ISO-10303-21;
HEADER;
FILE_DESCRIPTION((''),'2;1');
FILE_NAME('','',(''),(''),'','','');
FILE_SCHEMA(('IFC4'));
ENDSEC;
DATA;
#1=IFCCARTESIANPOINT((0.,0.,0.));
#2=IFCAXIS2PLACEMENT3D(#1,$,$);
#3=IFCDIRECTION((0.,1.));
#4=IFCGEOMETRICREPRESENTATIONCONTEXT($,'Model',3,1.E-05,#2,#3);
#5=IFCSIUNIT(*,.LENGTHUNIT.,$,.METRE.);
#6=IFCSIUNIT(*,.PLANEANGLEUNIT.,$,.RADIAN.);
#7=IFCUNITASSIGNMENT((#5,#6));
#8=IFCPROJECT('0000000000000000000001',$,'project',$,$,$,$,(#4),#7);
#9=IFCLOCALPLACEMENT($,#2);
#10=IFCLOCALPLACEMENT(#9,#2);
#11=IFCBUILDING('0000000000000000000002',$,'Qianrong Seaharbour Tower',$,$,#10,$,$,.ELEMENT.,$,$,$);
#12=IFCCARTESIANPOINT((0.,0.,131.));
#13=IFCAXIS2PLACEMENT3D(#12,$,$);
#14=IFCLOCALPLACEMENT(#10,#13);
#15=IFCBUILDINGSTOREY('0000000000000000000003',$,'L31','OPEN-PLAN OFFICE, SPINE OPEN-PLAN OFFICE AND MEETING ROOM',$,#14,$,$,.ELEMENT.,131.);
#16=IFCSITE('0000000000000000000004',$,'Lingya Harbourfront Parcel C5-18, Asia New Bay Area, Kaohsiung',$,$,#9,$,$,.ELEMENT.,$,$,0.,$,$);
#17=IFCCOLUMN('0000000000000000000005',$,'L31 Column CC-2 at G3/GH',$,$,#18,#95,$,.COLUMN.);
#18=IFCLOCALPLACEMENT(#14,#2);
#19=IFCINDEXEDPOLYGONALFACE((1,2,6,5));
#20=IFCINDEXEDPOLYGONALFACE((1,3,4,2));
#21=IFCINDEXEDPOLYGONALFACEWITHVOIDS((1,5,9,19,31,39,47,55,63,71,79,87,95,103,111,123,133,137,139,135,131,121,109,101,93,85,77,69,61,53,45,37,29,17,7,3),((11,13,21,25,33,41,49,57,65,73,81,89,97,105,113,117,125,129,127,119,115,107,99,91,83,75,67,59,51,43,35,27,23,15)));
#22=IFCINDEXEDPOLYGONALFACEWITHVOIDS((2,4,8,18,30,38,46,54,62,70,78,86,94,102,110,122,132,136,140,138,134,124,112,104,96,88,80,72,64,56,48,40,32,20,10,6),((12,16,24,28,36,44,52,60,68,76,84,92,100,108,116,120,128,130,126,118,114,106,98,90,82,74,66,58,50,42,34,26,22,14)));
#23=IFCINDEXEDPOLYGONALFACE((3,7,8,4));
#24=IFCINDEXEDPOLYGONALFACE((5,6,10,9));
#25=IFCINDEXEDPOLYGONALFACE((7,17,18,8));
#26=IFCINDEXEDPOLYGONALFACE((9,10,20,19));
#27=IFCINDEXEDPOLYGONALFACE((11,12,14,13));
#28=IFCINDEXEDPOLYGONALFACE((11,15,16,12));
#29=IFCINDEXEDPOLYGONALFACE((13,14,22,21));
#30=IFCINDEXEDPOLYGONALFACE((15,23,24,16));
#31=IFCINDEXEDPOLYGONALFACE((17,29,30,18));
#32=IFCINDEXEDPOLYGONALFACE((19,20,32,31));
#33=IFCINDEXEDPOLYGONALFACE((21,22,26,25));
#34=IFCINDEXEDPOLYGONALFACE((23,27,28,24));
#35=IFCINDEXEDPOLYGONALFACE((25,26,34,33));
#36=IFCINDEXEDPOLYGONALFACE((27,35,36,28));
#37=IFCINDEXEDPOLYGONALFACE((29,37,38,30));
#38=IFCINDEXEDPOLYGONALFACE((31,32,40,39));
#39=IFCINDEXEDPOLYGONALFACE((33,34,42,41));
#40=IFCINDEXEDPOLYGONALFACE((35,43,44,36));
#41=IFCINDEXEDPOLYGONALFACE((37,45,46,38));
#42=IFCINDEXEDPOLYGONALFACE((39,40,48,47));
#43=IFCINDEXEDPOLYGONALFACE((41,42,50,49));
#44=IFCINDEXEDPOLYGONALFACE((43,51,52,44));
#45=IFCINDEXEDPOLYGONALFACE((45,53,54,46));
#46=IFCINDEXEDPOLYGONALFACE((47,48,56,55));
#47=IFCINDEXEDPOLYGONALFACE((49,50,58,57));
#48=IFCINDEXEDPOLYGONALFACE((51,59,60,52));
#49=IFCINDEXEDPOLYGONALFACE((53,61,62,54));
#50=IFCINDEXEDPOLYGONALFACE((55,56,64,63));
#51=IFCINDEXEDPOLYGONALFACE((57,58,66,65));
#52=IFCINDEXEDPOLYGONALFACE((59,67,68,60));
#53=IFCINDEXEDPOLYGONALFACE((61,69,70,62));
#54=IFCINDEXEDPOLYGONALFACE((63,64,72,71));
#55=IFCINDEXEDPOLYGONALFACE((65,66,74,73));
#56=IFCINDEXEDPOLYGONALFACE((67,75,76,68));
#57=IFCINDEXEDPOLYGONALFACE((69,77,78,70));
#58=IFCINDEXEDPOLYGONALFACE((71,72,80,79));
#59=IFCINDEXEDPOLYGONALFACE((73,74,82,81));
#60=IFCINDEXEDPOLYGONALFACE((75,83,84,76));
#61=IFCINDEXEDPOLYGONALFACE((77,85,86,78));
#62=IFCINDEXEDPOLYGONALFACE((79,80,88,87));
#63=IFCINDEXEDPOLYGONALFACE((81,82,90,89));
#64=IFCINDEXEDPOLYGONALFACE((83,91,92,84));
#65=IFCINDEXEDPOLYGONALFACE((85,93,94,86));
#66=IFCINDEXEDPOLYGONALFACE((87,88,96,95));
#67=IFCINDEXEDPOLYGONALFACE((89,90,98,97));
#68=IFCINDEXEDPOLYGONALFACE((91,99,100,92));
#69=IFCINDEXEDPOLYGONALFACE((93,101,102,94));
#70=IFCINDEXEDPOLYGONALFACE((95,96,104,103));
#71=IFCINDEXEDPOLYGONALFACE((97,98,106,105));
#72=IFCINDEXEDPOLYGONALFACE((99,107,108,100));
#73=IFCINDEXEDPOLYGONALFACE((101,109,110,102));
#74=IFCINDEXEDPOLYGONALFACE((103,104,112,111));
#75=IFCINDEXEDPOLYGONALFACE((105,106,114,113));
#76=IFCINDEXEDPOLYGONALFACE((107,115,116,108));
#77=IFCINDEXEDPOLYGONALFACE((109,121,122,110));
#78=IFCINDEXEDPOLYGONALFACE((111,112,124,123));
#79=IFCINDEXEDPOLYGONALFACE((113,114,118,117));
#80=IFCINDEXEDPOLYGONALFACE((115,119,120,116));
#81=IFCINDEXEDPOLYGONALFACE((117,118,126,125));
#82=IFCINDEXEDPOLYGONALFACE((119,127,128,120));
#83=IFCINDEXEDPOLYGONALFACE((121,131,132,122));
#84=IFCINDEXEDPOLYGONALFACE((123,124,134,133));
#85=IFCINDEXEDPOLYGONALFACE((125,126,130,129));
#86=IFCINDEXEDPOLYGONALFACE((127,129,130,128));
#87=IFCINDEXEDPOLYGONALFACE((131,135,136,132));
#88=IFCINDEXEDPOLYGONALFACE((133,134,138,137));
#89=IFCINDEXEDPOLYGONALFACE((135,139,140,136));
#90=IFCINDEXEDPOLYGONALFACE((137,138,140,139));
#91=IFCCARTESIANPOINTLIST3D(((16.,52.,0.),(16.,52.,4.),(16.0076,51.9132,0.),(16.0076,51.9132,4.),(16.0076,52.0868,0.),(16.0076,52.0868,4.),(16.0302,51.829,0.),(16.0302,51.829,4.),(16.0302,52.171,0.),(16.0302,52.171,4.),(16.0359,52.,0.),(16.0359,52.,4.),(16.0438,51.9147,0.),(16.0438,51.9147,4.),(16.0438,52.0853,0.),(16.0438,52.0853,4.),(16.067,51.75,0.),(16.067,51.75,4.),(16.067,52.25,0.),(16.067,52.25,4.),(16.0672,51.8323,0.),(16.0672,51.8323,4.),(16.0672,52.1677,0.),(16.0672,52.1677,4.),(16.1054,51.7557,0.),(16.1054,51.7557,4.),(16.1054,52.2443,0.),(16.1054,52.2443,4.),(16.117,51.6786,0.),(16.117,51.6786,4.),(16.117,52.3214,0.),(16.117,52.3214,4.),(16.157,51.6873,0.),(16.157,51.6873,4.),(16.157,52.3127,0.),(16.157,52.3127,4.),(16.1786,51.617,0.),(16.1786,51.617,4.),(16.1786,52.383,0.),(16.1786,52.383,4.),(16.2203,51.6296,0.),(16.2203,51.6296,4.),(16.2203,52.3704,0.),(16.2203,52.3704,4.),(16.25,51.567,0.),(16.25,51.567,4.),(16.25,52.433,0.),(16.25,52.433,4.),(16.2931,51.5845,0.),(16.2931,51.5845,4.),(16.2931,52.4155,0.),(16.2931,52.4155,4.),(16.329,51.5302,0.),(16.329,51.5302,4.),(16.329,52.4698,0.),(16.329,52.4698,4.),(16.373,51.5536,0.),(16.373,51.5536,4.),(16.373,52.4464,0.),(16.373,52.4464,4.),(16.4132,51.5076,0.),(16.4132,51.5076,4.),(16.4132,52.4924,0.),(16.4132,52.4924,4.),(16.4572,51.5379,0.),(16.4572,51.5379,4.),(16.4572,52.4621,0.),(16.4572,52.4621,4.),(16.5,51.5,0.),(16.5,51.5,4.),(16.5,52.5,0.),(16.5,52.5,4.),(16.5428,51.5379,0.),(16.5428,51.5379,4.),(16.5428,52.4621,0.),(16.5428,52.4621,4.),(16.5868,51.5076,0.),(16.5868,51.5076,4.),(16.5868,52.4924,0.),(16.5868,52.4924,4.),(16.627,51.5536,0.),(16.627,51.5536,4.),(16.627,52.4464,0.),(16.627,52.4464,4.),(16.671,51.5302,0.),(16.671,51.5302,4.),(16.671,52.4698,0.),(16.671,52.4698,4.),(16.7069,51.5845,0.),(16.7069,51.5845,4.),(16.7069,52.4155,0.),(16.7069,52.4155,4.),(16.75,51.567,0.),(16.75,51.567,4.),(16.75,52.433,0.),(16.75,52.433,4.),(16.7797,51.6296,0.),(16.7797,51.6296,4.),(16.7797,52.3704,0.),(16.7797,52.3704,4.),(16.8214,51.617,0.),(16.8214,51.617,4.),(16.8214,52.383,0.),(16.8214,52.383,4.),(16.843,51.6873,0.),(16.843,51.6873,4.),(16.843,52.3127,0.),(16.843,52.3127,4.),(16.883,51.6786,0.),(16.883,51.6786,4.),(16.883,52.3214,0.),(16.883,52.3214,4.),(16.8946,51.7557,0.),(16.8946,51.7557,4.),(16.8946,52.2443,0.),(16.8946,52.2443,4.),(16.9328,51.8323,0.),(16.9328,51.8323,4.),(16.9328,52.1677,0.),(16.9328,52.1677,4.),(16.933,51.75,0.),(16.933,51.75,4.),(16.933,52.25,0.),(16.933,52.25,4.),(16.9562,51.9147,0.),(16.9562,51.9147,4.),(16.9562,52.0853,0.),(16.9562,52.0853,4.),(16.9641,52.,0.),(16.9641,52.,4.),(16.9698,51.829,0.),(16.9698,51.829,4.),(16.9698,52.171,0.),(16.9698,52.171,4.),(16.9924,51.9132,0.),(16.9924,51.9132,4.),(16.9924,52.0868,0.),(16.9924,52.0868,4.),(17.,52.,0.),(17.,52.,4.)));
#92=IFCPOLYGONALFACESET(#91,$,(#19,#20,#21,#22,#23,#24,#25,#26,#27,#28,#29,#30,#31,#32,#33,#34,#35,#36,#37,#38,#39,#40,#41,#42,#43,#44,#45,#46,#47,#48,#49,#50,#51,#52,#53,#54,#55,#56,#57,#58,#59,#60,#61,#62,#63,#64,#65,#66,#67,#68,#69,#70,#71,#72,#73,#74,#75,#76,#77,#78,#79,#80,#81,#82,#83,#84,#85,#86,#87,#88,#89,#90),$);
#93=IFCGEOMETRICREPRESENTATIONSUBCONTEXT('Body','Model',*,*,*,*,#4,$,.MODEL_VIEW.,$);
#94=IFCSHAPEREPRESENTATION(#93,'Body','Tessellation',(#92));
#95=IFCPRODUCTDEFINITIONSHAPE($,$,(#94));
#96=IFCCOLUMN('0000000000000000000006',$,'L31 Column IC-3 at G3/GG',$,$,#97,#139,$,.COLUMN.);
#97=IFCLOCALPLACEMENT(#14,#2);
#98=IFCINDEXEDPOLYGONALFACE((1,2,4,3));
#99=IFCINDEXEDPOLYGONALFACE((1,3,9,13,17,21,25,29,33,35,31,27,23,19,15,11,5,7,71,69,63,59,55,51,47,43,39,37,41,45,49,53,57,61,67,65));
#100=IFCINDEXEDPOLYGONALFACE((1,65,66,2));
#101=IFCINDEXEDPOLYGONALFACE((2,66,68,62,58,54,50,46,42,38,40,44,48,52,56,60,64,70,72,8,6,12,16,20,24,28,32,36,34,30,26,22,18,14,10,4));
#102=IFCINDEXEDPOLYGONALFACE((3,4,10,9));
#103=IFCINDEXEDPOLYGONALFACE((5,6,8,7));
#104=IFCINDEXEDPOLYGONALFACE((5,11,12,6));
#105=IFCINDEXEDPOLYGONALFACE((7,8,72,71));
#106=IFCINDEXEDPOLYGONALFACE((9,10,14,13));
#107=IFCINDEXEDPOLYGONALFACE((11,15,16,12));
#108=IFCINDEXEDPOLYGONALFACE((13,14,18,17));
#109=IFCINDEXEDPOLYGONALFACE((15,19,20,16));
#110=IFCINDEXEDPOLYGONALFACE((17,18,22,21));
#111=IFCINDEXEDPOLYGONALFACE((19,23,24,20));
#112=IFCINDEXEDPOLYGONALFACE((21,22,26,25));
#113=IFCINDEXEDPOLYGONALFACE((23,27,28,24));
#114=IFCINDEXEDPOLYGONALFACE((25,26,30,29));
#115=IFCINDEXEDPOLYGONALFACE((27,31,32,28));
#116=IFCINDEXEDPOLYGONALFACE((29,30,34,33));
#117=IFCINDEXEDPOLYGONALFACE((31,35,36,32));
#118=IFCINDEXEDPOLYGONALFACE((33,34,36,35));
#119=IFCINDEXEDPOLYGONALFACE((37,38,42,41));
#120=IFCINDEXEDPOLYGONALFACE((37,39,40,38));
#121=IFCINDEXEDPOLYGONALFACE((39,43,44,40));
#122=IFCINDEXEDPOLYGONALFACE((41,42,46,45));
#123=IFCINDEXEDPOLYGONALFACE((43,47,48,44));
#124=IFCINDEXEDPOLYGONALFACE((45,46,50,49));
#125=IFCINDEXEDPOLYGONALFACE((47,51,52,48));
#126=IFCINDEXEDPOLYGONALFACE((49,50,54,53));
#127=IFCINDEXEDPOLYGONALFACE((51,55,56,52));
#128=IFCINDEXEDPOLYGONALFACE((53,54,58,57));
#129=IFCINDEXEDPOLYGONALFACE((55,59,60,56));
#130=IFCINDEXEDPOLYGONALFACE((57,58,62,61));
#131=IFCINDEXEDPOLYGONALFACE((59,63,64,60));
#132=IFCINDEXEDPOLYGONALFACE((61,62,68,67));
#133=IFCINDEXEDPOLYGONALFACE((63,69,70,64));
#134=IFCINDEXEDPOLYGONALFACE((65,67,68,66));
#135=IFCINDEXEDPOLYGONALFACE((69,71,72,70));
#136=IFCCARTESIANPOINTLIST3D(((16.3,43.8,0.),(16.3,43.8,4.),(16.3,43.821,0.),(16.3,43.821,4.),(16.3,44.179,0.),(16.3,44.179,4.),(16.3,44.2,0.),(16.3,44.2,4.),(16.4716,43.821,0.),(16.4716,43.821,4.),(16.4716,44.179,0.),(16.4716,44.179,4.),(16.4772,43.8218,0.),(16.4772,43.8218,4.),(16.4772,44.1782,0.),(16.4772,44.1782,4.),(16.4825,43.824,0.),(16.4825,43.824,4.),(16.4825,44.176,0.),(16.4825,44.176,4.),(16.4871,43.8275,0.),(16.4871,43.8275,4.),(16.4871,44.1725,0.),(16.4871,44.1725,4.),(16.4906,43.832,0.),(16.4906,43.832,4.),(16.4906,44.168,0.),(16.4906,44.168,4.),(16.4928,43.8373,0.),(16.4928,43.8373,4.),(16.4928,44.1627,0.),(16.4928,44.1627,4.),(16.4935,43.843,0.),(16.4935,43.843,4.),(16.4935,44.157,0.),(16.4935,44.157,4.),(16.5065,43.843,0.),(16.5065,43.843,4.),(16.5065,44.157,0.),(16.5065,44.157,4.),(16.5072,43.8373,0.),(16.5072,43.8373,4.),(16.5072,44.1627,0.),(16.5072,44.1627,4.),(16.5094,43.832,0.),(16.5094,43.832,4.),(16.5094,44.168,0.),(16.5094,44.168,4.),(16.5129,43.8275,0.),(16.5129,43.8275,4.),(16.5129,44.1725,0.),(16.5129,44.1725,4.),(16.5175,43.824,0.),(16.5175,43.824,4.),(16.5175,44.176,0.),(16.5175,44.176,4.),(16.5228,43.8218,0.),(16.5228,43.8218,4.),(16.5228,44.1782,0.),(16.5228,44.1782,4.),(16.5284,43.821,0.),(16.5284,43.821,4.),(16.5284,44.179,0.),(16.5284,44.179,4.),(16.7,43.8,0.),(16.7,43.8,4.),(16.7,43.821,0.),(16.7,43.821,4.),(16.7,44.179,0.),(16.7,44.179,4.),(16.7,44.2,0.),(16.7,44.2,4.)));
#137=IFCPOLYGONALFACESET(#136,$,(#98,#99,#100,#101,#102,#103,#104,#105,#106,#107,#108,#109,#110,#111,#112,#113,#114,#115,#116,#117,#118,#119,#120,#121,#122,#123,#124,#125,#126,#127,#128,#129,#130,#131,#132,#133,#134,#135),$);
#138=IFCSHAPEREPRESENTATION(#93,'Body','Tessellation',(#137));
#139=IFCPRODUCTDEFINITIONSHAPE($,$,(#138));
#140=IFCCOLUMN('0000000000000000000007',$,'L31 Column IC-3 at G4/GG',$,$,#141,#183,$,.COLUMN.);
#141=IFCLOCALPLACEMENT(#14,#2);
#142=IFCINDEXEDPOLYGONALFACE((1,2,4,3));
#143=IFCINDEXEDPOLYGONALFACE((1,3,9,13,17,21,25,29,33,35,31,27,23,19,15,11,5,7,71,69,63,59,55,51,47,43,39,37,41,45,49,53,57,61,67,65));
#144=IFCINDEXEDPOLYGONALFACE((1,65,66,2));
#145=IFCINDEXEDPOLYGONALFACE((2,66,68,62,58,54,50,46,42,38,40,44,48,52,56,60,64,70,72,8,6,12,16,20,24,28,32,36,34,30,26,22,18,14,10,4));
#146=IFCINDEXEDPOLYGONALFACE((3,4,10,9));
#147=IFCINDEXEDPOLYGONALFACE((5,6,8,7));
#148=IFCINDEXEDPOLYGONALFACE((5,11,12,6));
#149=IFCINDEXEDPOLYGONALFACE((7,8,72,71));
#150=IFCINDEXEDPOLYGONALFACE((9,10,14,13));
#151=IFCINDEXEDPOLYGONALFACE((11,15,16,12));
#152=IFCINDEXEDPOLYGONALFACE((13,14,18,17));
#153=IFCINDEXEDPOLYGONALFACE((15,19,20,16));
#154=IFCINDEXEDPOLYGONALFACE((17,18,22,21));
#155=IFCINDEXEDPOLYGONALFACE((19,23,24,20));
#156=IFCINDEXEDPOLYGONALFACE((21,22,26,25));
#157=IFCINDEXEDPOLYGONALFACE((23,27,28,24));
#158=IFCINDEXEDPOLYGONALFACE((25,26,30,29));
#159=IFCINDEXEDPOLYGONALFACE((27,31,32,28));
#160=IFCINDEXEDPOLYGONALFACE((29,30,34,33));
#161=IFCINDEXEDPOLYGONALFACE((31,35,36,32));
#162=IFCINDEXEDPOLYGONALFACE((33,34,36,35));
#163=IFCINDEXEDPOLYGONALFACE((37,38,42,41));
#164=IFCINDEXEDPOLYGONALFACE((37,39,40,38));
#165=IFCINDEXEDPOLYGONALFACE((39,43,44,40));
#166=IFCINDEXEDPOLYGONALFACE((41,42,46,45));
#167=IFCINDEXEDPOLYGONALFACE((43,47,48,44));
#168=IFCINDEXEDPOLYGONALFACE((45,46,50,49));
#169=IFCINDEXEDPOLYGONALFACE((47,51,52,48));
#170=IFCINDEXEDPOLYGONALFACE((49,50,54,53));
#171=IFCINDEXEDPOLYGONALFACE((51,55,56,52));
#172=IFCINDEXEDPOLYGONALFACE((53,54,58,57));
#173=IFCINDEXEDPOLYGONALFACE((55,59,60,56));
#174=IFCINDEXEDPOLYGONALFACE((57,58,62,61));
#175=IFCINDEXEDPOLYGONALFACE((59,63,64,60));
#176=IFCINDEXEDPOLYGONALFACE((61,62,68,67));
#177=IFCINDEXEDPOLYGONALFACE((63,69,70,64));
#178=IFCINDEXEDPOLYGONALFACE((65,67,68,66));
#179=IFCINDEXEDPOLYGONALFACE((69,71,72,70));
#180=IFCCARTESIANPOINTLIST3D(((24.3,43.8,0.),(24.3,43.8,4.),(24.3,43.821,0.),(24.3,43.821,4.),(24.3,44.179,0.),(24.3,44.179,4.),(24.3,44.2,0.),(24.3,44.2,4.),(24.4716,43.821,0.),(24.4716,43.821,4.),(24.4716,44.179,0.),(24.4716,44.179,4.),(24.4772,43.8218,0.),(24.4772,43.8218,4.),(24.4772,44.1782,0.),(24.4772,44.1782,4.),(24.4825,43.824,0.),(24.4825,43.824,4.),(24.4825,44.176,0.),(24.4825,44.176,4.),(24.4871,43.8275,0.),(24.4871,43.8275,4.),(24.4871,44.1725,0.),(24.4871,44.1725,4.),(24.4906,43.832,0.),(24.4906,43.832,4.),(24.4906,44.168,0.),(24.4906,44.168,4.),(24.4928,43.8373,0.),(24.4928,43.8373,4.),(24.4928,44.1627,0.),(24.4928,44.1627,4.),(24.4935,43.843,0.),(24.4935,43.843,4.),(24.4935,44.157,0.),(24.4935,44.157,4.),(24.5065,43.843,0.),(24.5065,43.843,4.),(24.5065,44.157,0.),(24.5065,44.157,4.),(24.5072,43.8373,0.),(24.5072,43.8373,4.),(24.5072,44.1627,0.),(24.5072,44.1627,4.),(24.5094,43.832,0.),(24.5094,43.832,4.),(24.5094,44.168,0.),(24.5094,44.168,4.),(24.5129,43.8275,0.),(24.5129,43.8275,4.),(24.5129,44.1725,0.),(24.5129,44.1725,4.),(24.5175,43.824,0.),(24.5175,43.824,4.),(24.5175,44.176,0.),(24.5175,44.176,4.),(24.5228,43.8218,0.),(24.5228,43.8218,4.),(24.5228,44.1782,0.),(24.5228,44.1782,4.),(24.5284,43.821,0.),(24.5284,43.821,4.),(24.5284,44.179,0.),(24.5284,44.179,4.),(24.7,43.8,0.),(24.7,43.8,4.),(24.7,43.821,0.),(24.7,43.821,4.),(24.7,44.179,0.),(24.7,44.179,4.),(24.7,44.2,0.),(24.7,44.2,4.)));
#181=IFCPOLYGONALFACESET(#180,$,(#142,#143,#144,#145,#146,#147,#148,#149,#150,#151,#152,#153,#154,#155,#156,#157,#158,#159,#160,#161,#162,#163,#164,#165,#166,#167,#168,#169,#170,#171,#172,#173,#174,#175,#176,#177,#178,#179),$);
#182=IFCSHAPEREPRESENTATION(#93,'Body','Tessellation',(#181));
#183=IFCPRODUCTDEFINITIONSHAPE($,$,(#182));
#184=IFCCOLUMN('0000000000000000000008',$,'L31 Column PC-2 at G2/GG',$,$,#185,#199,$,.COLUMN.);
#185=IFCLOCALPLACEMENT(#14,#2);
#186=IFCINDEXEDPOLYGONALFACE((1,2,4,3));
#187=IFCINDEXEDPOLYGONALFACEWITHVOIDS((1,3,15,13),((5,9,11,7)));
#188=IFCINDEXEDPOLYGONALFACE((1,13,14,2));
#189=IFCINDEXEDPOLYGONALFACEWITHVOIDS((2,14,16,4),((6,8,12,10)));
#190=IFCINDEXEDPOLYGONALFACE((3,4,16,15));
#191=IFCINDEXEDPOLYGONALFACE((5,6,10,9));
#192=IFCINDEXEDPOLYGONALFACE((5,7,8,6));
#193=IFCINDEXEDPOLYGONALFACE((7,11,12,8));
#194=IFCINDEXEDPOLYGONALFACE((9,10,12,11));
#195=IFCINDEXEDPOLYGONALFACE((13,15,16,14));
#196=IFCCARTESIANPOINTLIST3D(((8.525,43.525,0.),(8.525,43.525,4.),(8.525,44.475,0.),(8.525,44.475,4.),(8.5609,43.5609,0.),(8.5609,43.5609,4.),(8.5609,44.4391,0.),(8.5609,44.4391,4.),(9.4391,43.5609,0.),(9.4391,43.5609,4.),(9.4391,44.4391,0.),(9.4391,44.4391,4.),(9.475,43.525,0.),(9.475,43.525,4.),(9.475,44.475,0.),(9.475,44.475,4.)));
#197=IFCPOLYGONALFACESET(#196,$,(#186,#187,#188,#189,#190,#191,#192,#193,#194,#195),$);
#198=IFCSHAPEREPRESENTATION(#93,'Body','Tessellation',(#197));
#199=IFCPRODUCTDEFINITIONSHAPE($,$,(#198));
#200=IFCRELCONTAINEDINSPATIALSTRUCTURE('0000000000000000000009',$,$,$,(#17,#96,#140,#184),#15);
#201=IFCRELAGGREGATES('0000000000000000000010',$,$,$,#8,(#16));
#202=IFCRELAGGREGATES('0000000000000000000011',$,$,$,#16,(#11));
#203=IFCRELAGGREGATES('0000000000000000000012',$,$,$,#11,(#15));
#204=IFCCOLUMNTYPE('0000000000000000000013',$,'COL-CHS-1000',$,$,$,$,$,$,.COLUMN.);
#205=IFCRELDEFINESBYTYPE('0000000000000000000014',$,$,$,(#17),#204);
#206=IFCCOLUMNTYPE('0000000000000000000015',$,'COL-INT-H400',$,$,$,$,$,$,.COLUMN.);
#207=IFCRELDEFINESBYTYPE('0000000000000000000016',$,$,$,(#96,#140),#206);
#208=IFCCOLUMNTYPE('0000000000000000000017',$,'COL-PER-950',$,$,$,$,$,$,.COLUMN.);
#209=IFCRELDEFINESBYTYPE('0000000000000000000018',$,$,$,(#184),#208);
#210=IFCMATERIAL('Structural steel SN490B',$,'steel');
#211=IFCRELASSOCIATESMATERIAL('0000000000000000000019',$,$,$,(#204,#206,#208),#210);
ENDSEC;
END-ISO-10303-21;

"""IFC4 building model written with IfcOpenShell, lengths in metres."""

from ifc_helpers import new_model, si_unit, direction, frame, origin, origin_2d, place, context, subcontext, project, spatial, hollow_rectangle, hollow_circle, i_section, extrude, material, material_profile, profile_set, type_object, element, save


model = new_model("IFC4")

# Units and contexts
model_context = context("Model", 3, precision=1e-05, world=origin(), true_north=direction((0.0, 1.0)))
body_context = subcontext(model_context, "Body", "Model", "MODEL_VIEW")
ifc_project = project(units=[si_unit("LENGTHUNIT", "METRE"), si_unit("PLANEANGLEUNIT", "RADIAN")], contexts=[model_context])

# Site, building, storey
site_placement = place(None, origin())
site = spatial("IfcSite", under=ifc_project, at=site_placement, Name="Lingya Harbourfront Parcel C5-18, Asia New Bay Area, Kaohsiung", CompositionType="ELEMENT", RefElevation=0.0)
building_placement = place(site_placement, origin())
building = spatial("IfcBuilding", under=site, at=building_placement, Name="Qianrong Seaharbour Tower", CompositionType="ELEMENT")
storey_placement = place(building_placement, frame((0.0, 0.0, 131.0)))
storey = spatial("IfcBuildingStorey", under=building, at=storey_placement, Name="L31", Description="OPEN-PLAN OFFICE, SPINE OPEN-PLAN OFFICE AND MEETING ROOM", CompositionType="ELEMENT", Elevation=131.0)

# Columns
ifc_material_1 = material(Name="Structural steel SN490B", Category="steel")
ifc_material_profile_1 = material_profile(ifc_material_1, hollow_circle(Radius=0.5, WallThickness=0.0359, at=origin_2d()), Name="CHS1000x36")
ifc_profile_set_1 = profile_set([ifc_material_profile_1], Name="Structural steel SN490B")
column_type_1 = type_object("IfcColumnType", Name="COL-CHS-1000", PredefinedType="COLUMN", material=ifc_profile_set_1)
column_1_placement = place(storey_placement, frame((16.5, 52.0, 0.0), z_axis=(0.0, 0.0, 1.0), x_axis=(1.0, 0.0, 0.0)))
element("IfcColumn", 1, at=column_1_placement, inside=storey, type_object=column_type_1, Name="L31 Column CC-2 at G3/GH", PredefinedType="COLUMN", context=body_context, shape_type="SweptSolid", body=[
    extrude(hollow_circle(Radius=0.5, WallThickness=0.0359, at=origin_2d()), origin(), (0.0, 0.0, 1.0), 4.0),
])
ifc_material_profile_2 = material_profile(ifc_material_1, i_section(OverallWidth=0.3999, OverallDepth=0.3999, WebThickness=0.0129, FlangeThickness=0.021, FilletRadius=0.022, at=origin_2d()), Name="H400x400x13x21")
ifc_profile_set_2 = profile_set([ifc_material_profile_2], Name="Structural steel SN490B")
column_type_2 = type_object("IfcColumnType", Name="COL-INT-H400", PredefinedType="COLUMN", material=ifc_profile_set_2)
for number, where, z_axis, x_axis, name in (
    (2, (16.5, 44.0, 0.0), (0.0, 0.0, 1.0), (1.0, 0.0, 0.0), "L31 Column IC-3 at G3/GG"),
    (3, (24.5, 44.0, 0.0), (0.0, 0.0, 1.0), (1.0, 0.0, 0.0), "L31 Column IC-3 at G4/GG"),
):
    element("IfcColumn", number, at=place(storey_placement, frame(where, z_axis=z_axis, x_axis=x_axis)), inside=storey, type_object=column_type_2, Name=name, PredefinedType="COLUMN", context=body_context, shape_type="SweptSolid", body=[
        extrude(i_section(OverallWidth=0.3999, OverallDepth=0.3999, WebThickness=0.0129, FlangeThickness=0.021, FilletRadius=0.022, at=origin_2d()), origin(), (0.0, 0.0, 1.0), 4.0),
    ])
ifc_material_profile_3 = material_profile(ifc_material_1, hollow_rectangle(XDim=0.95, YDim=0.95, WallThickness=0.0359, at=origin_2d()), Name="BOX950x950x36")
ifc_profile_set_3 = profile_set([ifc_material_profile_3], Name="Structural steel SN490B")
column_type_3 = type_object("IfcColumnType", Name="COL-PER-950", PredefinedType="COLUMN", material=ifc_profile_set_3)
column_2_placement = place(storey_placement, frame((9.0, 44.0, 0.0), z_axis=(0.0, 0.0, 1.0), x_axis=(1.0, 0.0, 0.0)))
element("IfcColumn", 4, at=column_2_placement, inside=storey, type_object=column_type_3, Name="L31 Column PC-2 at G2/GG", PredefinedType="COLUMN", context=body_context, shape_type="SweptSolid", body=[
    extrude(hollow_rectangle(XDim=0.95, YDim=0.95, WallThickness=0.0359, at=origin_2d()), origin(), (0.0, 0.0, 1.0), 4.0),
])

save(model, "model.ifc")
